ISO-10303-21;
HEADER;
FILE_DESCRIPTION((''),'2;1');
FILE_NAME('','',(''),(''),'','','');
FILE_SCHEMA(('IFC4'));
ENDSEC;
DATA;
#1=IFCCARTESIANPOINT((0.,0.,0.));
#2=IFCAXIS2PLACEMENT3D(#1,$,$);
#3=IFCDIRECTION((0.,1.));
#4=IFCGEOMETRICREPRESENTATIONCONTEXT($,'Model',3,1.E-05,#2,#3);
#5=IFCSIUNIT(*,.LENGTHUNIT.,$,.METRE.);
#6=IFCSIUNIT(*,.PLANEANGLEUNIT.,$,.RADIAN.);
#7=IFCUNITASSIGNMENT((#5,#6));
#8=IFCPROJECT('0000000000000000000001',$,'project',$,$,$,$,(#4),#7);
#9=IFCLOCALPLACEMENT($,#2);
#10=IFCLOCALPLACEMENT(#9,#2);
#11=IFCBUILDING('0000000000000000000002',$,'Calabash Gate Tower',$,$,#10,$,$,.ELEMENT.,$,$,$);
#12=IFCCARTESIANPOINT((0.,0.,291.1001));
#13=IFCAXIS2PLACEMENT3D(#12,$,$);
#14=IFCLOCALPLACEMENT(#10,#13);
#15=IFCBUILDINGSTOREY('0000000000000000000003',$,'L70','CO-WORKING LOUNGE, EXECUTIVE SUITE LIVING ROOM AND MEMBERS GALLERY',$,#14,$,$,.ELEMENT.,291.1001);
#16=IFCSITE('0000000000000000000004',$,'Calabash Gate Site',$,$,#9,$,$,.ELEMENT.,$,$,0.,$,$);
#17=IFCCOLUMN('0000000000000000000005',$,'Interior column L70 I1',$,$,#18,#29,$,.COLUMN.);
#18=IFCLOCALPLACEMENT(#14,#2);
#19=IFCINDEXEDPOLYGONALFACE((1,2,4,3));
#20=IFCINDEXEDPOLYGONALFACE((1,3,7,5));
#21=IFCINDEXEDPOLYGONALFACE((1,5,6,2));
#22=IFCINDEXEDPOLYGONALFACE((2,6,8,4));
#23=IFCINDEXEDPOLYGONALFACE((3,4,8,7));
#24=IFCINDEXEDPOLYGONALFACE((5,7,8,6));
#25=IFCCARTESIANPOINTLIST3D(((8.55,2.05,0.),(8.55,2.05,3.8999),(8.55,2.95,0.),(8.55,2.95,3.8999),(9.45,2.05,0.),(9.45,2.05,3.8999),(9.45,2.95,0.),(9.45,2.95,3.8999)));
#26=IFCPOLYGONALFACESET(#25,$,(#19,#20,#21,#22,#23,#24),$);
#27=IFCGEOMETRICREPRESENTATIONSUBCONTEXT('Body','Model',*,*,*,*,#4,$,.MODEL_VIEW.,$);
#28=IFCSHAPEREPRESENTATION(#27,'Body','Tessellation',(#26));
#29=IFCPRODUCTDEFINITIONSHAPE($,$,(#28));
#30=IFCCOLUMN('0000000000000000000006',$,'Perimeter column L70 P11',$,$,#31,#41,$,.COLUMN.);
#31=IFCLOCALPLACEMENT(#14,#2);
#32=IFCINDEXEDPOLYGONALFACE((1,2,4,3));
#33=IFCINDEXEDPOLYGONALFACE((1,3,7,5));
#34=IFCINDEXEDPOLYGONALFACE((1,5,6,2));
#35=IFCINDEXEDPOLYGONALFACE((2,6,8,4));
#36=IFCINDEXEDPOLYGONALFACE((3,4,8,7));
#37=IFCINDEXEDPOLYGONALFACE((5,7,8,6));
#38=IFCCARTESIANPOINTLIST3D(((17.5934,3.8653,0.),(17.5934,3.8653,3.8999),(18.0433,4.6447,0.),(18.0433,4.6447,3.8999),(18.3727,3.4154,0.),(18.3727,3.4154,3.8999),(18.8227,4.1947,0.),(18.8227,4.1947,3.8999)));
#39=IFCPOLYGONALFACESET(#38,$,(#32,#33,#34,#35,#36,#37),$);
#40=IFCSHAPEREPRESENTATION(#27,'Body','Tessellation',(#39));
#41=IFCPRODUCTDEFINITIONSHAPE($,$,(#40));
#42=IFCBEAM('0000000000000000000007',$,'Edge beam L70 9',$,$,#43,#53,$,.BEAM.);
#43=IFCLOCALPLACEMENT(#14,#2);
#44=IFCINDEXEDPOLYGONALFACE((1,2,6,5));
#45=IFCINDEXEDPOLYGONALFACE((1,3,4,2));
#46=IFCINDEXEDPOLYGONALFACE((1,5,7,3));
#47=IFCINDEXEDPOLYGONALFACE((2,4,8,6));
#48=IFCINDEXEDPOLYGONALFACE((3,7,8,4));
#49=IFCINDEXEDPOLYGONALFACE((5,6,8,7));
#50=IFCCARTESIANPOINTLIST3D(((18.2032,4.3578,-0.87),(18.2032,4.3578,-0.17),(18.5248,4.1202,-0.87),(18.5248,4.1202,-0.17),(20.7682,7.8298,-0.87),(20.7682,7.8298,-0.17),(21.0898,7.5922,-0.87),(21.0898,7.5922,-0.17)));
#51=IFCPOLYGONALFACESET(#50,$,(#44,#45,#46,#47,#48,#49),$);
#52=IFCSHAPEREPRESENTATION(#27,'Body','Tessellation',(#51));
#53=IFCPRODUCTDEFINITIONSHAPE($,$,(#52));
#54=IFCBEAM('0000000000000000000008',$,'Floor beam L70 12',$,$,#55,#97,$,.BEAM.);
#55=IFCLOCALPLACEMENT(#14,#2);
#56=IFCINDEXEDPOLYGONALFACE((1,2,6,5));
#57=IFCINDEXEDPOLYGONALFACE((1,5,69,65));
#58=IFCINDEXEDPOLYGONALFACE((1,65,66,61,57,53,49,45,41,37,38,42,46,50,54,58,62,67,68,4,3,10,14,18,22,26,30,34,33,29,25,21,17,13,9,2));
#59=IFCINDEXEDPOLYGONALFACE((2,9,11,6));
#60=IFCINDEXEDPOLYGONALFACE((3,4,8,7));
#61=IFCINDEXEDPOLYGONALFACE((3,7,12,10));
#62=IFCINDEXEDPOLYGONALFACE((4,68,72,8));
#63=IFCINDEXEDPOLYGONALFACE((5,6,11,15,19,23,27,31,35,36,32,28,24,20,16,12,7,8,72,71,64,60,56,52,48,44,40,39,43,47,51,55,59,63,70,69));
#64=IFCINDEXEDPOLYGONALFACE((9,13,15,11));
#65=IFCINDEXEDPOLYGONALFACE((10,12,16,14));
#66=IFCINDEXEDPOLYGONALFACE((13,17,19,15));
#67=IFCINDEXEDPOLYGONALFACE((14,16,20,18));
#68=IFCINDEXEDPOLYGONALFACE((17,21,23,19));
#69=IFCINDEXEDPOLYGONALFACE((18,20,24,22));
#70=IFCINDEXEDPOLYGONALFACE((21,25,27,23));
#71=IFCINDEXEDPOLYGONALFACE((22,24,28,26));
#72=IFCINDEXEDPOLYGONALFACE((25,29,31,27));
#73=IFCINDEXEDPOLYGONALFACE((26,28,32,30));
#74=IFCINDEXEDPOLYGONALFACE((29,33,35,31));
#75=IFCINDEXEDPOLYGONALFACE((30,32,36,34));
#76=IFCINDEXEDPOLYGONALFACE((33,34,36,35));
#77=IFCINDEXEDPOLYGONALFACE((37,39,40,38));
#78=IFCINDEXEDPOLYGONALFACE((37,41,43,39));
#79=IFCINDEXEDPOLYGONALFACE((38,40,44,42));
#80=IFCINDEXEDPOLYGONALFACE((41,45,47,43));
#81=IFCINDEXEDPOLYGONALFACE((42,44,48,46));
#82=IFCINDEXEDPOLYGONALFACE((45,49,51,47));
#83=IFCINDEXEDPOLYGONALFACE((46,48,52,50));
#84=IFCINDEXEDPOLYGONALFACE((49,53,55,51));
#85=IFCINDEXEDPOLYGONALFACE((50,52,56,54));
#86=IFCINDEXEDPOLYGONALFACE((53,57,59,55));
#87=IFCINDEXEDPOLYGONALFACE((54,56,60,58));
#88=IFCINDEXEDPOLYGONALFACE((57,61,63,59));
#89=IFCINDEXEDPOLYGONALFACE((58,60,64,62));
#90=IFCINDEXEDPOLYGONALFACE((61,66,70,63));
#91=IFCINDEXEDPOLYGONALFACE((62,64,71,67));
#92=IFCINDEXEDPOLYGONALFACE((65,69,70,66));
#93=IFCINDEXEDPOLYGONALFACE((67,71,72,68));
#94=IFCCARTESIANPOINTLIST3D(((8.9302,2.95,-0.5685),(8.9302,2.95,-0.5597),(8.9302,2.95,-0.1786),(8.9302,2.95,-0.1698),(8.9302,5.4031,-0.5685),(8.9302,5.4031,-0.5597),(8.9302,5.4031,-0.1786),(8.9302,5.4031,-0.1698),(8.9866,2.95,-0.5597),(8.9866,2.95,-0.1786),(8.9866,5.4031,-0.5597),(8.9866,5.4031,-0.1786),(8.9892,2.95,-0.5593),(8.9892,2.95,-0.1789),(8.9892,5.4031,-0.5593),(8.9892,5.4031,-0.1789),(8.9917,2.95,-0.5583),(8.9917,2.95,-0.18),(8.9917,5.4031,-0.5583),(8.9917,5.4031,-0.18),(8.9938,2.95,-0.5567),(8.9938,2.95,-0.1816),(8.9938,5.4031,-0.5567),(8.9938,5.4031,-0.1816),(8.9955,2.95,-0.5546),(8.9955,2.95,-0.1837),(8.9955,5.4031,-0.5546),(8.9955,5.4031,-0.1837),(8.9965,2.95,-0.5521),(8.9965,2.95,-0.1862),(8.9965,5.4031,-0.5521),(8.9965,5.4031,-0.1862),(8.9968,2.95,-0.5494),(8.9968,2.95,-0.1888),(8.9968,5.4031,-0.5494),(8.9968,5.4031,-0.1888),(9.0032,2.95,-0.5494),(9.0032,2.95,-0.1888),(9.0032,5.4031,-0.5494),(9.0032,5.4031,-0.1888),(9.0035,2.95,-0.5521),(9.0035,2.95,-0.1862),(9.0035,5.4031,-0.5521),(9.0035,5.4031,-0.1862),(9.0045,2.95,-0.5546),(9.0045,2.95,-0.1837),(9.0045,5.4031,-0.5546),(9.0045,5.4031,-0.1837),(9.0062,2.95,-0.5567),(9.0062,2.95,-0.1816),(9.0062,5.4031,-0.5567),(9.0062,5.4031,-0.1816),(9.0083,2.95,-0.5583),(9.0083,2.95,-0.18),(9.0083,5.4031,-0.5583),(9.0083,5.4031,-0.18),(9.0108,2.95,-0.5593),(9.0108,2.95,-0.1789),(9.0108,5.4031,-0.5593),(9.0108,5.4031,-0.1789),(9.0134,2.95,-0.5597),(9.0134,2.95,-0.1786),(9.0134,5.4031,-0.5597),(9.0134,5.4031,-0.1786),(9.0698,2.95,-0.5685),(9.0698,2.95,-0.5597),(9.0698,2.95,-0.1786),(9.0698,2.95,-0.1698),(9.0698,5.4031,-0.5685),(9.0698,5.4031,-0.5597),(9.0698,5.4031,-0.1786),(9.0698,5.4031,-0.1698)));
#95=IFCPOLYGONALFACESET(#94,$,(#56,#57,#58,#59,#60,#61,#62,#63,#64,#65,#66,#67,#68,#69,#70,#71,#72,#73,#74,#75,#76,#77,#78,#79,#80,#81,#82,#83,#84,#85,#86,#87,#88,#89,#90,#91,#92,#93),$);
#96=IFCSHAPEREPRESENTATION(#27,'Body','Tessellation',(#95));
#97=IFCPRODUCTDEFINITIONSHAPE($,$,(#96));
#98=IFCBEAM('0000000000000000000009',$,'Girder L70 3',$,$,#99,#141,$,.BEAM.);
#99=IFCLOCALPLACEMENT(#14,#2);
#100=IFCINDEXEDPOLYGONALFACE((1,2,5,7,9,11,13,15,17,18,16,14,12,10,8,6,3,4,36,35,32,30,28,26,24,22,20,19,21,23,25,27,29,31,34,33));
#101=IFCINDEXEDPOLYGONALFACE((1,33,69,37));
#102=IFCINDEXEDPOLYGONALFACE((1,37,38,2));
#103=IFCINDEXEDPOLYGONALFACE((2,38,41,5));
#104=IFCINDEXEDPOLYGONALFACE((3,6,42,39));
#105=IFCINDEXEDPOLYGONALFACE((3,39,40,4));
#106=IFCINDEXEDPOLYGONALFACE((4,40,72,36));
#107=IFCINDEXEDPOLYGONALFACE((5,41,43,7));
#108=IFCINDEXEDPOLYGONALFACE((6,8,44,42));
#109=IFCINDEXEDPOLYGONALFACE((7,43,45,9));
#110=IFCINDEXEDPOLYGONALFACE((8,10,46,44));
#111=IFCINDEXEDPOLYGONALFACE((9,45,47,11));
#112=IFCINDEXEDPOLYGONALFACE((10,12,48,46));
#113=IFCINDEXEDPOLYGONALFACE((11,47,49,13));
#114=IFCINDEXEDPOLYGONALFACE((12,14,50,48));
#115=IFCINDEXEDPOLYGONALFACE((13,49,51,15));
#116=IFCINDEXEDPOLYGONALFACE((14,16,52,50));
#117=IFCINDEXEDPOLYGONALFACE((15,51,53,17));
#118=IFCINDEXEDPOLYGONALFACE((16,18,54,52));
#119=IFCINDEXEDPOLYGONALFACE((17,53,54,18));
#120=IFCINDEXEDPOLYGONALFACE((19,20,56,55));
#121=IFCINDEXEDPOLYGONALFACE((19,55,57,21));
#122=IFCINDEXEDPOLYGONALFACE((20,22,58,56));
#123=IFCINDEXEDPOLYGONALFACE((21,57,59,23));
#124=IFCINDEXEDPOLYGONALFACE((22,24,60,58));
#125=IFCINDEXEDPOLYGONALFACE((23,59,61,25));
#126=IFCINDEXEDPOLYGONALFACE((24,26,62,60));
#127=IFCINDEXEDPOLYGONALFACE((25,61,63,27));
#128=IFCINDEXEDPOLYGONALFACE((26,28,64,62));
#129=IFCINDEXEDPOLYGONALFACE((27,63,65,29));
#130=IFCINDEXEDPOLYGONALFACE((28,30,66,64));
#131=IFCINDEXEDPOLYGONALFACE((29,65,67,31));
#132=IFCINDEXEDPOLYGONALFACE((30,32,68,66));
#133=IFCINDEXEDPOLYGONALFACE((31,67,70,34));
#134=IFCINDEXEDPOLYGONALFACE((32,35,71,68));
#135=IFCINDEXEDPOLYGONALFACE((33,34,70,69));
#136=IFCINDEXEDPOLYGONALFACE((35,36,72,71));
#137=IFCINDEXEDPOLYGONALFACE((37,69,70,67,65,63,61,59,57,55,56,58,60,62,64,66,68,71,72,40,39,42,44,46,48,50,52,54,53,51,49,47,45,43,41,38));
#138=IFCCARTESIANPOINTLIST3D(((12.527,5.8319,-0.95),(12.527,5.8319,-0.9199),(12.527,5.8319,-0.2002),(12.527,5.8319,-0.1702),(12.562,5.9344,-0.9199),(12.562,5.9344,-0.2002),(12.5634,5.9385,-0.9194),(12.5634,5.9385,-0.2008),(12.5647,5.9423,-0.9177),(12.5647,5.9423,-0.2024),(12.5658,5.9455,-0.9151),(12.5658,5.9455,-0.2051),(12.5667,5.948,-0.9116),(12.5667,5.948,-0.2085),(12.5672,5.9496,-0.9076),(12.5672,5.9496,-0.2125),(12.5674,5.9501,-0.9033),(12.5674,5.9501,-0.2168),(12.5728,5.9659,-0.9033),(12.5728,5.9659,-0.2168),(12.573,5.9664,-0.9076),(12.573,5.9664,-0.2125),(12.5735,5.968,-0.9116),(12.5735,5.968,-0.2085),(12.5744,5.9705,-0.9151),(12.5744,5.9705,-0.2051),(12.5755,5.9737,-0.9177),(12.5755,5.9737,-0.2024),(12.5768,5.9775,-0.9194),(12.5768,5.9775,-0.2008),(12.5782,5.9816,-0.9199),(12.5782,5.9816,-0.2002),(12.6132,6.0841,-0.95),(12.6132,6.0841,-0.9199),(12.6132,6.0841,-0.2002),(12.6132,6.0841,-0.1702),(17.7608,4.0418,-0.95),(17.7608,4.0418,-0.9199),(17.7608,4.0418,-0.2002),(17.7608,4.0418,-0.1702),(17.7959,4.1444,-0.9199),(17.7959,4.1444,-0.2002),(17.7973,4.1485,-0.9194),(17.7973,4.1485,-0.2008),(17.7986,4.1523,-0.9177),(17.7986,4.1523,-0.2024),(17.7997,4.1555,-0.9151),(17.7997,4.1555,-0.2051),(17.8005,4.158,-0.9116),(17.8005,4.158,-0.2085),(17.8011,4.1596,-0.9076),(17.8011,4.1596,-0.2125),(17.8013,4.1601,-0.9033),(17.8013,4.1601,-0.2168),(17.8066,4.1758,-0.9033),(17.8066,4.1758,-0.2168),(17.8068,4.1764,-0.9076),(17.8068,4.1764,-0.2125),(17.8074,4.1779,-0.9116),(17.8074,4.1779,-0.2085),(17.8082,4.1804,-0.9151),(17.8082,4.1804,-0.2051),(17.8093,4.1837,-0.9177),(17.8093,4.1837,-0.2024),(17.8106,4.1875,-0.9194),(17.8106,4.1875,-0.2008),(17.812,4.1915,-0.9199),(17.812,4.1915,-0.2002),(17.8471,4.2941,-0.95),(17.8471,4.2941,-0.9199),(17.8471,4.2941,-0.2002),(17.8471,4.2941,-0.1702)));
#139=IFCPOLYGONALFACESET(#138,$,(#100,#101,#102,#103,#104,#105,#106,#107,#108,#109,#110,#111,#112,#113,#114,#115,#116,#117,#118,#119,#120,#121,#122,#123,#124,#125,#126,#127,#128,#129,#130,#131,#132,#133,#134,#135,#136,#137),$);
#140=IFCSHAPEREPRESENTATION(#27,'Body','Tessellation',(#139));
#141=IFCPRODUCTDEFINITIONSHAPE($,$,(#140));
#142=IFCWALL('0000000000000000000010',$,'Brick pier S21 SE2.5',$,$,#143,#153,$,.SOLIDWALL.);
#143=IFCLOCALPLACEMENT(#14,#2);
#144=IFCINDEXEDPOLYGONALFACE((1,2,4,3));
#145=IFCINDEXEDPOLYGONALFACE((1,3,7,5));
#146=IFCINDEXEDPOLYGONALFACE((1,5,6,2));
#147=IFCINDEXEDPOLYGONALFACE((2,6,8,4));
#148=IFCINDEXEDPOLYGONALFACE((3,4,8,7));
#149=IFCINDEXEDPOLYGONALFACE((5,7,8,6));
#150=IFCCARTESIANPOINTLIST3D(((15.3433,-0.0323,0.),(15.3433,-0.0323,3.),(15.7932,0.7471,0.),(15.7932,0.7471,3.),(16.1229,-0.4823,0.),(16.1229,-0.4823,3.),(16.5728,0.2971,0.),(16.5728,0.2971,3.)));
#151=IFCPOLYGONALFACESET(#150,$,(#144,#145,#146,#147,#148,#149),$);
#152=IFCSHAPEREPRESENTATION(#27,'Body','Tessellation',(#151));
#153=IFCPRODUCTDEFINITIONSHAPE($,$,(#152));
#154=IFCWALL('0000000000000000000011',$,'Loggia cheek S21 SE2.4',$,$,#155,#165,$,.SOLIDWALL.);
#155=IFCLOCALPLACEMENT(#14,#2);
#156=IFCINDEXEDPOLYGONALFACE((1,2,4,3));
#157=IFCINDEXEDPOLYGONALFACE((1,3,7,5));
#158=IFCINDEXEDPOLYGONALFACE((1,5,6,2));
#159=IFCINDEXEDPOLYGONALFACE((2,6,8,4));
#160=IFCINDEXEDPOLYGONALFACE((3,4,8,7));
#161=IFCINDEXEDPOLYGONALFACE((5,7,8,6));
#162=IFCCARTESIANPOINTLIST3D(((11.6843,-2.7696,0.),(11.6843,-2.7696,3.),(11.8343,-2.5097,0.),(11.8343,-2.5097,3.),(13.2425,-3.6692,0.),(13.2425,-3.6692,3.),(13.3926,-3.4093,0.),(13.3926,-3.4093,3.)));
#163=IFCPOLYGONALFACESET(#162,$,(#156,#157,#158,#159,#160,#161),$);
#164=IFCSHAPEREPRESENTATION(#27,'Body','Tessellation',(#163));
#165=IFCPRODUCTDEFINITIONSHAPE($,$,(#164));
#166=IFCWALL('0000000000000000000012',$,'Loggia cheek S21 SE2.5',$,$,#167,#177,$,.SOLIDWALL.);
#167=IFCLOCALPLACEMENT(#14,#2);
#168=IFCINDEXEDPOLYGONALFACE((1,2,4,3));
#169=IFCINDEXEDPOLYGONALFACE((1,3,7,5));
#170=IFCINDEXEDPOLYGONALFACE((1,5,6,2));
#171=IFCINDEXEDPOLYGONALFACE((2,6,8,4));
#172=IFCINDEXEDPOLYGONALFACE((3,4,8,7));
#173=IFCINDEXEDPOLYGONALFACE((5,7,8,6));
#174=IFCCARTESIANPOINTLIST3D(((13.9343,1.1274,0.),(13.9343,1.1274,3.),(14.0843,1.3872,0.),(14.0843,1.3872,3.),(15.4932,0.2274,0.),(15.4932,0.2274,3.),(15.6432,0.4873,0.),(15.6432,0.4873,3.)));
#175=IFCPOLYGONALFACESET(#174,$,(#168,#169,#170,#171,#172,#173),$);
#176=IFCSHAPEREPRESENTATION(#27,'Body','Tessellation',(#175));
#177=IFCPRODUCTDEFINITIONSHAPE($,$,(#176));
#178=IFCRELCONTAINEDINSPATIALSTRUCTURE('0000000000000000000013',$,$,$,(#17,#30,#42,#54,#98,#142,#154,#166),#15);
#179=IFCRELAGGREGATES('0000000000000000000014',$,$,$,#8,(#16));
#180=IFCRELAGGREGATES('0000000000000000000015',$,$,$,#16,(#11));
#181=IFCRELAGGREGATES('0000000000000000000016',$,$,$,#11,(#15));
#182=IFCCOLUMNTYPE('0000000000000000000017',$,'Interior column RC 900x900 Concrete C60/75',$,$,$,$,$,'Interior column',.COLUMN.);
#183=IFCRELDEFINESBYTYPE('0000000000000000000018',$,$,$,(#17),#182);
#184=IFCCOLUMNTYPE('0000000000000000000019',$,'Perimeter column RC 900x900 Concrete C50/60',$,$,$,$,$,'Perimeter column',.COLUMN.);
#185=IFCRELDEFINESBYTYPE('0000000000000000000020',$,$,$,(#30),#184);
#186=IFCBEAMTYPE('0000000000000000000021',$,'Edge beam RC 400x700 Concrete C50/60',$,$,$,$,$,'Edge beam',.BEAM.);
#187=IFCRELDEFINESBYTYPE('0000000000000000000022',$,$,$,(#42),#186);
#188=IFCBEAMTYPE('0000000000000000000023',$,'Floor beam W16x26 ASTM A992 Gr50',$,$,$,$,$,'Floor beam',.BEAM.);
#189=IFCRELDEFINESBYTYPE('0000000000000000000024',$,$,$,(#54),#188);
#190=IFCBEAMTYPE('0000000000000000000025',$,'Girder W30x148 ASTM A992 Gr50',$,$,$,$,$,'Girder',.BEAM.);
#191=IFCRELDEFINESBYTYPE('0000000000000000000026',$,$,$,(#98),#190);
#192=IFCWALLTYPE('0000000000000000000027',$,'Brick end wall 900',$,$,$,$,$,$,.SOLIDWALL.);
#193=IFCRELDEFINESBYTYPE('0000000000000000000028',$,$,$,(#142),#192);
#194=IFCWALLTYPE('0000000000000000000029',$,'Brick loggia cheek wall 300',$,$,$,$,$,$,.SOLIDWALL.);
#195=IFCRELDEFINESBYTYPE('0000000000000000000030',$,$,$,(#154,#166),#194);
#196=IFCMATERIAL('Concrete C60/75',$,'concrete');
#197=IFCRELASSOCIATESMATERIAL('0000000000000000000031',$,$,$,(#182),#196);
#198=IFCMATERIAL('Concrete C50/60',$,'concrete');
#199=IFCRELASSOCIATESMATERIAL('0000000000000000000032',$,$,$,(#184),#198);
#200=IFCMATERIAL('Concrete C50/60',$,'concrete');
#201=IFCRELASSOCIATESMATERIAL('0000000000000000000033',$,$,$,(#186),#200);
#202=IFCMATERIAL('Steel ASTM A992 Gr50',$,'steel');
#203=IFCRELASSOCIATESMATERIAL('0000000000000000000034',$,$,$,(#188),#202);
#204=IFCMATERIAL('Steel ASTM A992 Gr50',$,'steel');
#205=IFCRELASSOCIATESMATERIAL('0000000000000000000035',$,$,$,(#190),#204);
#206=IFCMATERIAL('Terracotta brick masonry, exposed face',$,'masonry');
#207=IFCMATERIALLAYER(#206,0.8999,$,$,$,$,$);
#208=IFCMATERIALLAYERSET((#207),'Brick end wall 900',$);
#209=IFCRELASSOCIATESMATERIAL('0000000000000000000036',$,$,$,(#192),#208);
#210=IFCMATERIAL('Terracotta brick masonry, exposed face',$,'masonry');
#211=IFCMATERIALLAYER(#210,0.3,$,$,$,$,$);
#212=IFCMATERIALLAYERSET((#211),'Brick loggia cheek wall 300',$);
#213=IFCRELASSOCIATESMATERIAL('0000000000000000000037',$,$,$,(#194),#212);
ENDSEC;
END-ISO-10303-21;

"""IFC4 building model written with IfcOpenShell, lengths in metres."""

from ifc_helpers import new_model, si_unit, direction, frame, frame_2d, origin, origin_2d, place, context, subcontext, project, spatial, rectangle, i_section, extrude, material, layer, layer_set, material_profile, profile_set, type_object, element, save


model = new_model("IFC4")

# Units and contexts
model_context = context("Model", 3, precision=1e-05, world=origin(), true_north=direction((0.0, 1.0)))
body_context = subcontext(model_context, "Body", "Model", "MODEL_VIEW")
ifc_project = project(units=[si_unit("LENGTHUNIT", "METRE"), si_unit("PLANEANGLEUNIT", "RADIAN")], contexts=[model_context])

# Site, building, storey
site_placement = place(None, origin())
site = spatial("IfcSite", under=ifc_project, at=site_placement, Name="Calabash Gate Site", CompositionType="ELEMENT", RefElevation=0.0)
building_placement = place(site_placement, origin())
building = spatial("IfcBuilding", under=site, at=building_placement, Name="Calabash Gate Tower", CompositionType="ELEMENT")
storey_placement = place(building_placement, frame((0.0, 0.0, 291.1001)))
storey = spatial("IfcBuildingStorey", under=building, at=storey_placement, Name="L70", Description="CO-WORKING LOUNGE, EXECUTIVE SUITE LIVING ROOM AND MEMBERS GALLERY", CompositionType="ELEMENT", Elevation=291.1001)

# Columns
ifc_material_1 = material(Name="Concrete C60/75", Category="concrete")
ifc_material_profile_1 = material_profile(ifc_material_1, rectangle(XDim=0.8999, YDim=0.8999, at=origin_2d()))
ifc_profile_set_1 = profile_set([ifc_material_profile_1], Name="Concrete C60/75")
column_type_1 = type_object("IfcColumnType", Name="Interior column RC 900x900 Concrete C60/75", ElementType="Interior column", PredefinedType="COLUMN", material=ifc_profile_set_1)
column_1_placement = place(storey_placement, frame((9.0, 2.5, 0.0), z_axis=(0.0, 0.0, 1.0), x_axis=(1.0, 0.0, 0.0)))
element("IfcColumn", 1, at=column_1_placement, inside=storey, type_object=column_type_1, Name="Interior column L70 I1", PredefinedType="COLUMN", context=body_context, shape_type="SweptSolid", body=[
    extrude(rectangle(XDim=0.8999, YDim=0.8999, at=origin_2d()), origin(), (0.0, 0.0, 1.0), 3.8999),
])
ifc_material_2 = material(Name="Concrete C50/60", Category="concrete")
ifc_material_profile_2 = material_profile(ifc_material_2, rectangle(XDim=0.8999, YDim=0.8999, at=origin_2d()))
ifc_profile_set_2 = profile_set([ifc_material_profile_2], Name="Concrete C50/60")
column_type_2 = type_object("IfcColumnType", Name="Perimeter column RC 900x900 Concrete C50/60", ElementType="Perimeter column", PredefinedType="COLUMN", material=ifc_profile_set_2)
column_2_placement = place(storey_placement, frame((18.208, 4.03, 0.0), z_axis=(0.0, 0.0, 1.0), x_axis=(0.5, 0.866025, 0.0)))
element("IfcColumn", 2, at=column_2_placement, inside=storey, type_object=column_type_2, Name="Perimeter column L70 P11", PredefinedType="COLUMN", context=body_context, shape_type="SweptSolid", body=[
    extrude(rectangle(XDim=0.8999, YDim=0.8999, at=origin_2d()), origin(), (0.0, 0.0, 1.0), 3.8999),
])

# Beams
ifc_material_3 = material(Name="Concrete C50/60", Category="concrete")
ifc_material_profile_3 = material_profile(ifc_material_3, rectangle(XDim=0.3999, YDim=0.7, at=origin_2d()))
ifc_profile_set_3 = profile_set([ifc_material_profile_3], Name="Concrete C50/60")
beam_type_1 = type_object("IfcBeamType", Name="Edge beam RC 400x700 Concrete C50/60", ElementType="Edge beam", PredefinedType="BEAM", material=ifc_profile_set_3)
beam_1_placement = place(storey_placement, frame((18.364, 4.239, -0.52), z_axis=(0.594202, 0.804316, 0.0), x_axis=(-0.804316, 0.594202, 0.0)))
element("IfcBeam", 3, at=beam_1_placement, inside=storey, type_object=beam_type_1, Name="Edge beam L70 9", PredefinedType="BEAM", context=body_context, shape_type="SweptSolid", body=[
    extrude(rectangle(XDim=0.3999, YDim=0.7, at=origin_2d()), origin(), (0.0, 0.0, 1.0), 4.3167),
])
ifc_material_4 = material(Name="Steel ASTM A992 Gr50", Category="steel")
ifc_material_profile_4 = material_profile(ifc_material_4, i_section(OverallWidth=0.1396, OverallDepth=0.3987, WebThickness=0.0063, FlangeThickness=0.0088, FilletRadius=0.0103, at=origin_2d()))
ifc_profile_set_4 = profile_set([ifc_material_profile_4], Name="Steel ASTM A992 Gr50")
beam_type_2 = type_object("IfcBeamType", Name="Floor beam W16x26 ASTM A992 Gr50", ElementType="Floor beam", PredefinedType="BEAM", material=ifc_profile_set_4)
beam_2_placement = place(storey_placement, frame((9.0, 2.95, -0.3691), z_axis=(0.0, 1.0, 0.0), x_axis=(-1.0, 0.0, 0.0)))
element("IfcBeam", 4, at=beam_2_placement, inside=storey, type_object=beam_type_2, Name="Floor beam L70 12", PredefinedType="BEAM", context=body_context, shape_type="SweptSolid", body=[
    extrude(i_section(OverallWidth=0.1396, OverallDepth=0.3987, WebThickness=0.0063, FlangeThickness=0.0088, FilletRadius=0.0103, at=origin_2d()), origin(), (0.0, 0.0, 1.0), 2.4531),
])
ifc_material_5 = material(Name="Steel ASTM A992 Gr50", Category="steel")
ifc_material_profile_5 = material_profile(ifc_material_5, i_section(OverallWidth=0.2666, OverallDepth=0.7798, WebThickness=0.0166, FlangeThickness=0.03, FilletRadius=0.0166, at=origin_2d()))
ifc_profile_set_5 = profile_set([ifc_material_profile_5], Name="Steel ASTM A992 Gr50")
beam_type_3 = type_object("IfcBeamType", Name="Girder W30x148 ASTM A992 Gr50", ElementType="Girder", PredefinedType="BEAM", material=ifc_profile_set_5)
beam_3_placement = place(storey_placement, frame((17.804, 4.168, -0.5601), z_axis=(-0.946192, 0.323607, 0.0), x_axis=(-0.323607, -0.946192, 0.0)))
element("IfcBeam", 5, at=beam_3_placement, inside=storey, type_object=beam_type_3, Name="Girder L70 3", PredefinedType="BEAM", context=body_context, shape_type="SweptSolid", body=[
    extrude(i_section(OverallWidth=0.2666, OverallDepth=0.7798, WebThickness=0.0166, FlangeThickness=0.03, FilletRadius=0.0166, at=origin_2d()), origin(), (0.0, 0.0, 1.0), 5.5315),
])

# Walls
ifc_material_6 = material(Name="Terracotta brick masonry, exposed face", Category="masonry")
ifc_layer_1 = layer(ifc_material_6, 0.8999)
ifc_layer_set_1 = layer_set([ifc_layer_1], Name="Brick end wall 900")
wall_type_1 = type_object("IfcWallType", Name="Brick end wall 900", PredefinedType="SOLIDWALL", material=ifc_layer_set_1)
wall_1_placement = place(storey_placement, frame((15.5681, 0.3574, 0.0), z_axis=(0.0, 0.0, 1.0), x_axis=(0.866082, -0.499902, 0.0)))
element("IfcWall", 6, at=wall_1_placement, inside=storey, type_object=wall_type_1, Name="Brick pier S21 SE2.5", PredefinedType="SOLIDWALL", context=body_context, shape_type="SweptSolid", body=[
    extrude(rectangle(XDim=0.9001, YDim=0.8999, at=frame_2d((0.4502, 0.0))), origin(), (0.0, 0.0, 1.0), 3.0),
])
ifc_material_7 = material(Name="Terracotta brick masonry, exposed face", Category="masonry")
ifc_layer_2 = layer(ifc_material_7, 0.3)
ifc_layer_set_2 = layer_set([ifc_layer_2], Name="Brick loggia cheek wall 300")
wall_type_2 = type_object("IfcWallType", Name="Brick loggia cheek wall 300", PredefinedType="SOLIDWALL", material=ifc_layer_set_2)
wall_2_placement = place(storey_placement, frame((11.7593, -2.6396, 0.0), z_axis=(0.0, 0.0, 1.0), x_axis=(0.866039, -0.499977, 0.0)))
element("IfcWall", 7, at=wall_2_placement, inside=storey, type_object=wall_type_2, Name="Loggia cheek S21 SE2.4", PredefinedType="SOLIDWALL", context=body_context, shape_type="SweptSolid", body=[
    extrude(rectangle(XDim=1.7993, YDim=0.3, at=frame_2d((0.8997, 0.0))), origin(), (0.0, 0.0, 1.0), 3.0),
])
wall_3_placement = place(storey_placement, frame((15.5681, 0.3574, 0.0), z_axis=(0.0, 0.0, 1.0), x_axis=(-0.866048, 0.499961, 0.0)))
element("IfcWall", 8, at=wall_3_placement, inside=storey, type_object=wall_type_2, Name="Loggia cheek S21 SE2.5", PredefinedType="SOLIDWALL", context=body_context, shape_type="SweptSolid", body=[
    extrude(rectangle(XDim=1.8, YDim=0.3, at=frame_2d((0.8999, 0.0))), origin(), (0.0, 0.0, 1.0), 3.0),
])

save(model, "model.ifc")
